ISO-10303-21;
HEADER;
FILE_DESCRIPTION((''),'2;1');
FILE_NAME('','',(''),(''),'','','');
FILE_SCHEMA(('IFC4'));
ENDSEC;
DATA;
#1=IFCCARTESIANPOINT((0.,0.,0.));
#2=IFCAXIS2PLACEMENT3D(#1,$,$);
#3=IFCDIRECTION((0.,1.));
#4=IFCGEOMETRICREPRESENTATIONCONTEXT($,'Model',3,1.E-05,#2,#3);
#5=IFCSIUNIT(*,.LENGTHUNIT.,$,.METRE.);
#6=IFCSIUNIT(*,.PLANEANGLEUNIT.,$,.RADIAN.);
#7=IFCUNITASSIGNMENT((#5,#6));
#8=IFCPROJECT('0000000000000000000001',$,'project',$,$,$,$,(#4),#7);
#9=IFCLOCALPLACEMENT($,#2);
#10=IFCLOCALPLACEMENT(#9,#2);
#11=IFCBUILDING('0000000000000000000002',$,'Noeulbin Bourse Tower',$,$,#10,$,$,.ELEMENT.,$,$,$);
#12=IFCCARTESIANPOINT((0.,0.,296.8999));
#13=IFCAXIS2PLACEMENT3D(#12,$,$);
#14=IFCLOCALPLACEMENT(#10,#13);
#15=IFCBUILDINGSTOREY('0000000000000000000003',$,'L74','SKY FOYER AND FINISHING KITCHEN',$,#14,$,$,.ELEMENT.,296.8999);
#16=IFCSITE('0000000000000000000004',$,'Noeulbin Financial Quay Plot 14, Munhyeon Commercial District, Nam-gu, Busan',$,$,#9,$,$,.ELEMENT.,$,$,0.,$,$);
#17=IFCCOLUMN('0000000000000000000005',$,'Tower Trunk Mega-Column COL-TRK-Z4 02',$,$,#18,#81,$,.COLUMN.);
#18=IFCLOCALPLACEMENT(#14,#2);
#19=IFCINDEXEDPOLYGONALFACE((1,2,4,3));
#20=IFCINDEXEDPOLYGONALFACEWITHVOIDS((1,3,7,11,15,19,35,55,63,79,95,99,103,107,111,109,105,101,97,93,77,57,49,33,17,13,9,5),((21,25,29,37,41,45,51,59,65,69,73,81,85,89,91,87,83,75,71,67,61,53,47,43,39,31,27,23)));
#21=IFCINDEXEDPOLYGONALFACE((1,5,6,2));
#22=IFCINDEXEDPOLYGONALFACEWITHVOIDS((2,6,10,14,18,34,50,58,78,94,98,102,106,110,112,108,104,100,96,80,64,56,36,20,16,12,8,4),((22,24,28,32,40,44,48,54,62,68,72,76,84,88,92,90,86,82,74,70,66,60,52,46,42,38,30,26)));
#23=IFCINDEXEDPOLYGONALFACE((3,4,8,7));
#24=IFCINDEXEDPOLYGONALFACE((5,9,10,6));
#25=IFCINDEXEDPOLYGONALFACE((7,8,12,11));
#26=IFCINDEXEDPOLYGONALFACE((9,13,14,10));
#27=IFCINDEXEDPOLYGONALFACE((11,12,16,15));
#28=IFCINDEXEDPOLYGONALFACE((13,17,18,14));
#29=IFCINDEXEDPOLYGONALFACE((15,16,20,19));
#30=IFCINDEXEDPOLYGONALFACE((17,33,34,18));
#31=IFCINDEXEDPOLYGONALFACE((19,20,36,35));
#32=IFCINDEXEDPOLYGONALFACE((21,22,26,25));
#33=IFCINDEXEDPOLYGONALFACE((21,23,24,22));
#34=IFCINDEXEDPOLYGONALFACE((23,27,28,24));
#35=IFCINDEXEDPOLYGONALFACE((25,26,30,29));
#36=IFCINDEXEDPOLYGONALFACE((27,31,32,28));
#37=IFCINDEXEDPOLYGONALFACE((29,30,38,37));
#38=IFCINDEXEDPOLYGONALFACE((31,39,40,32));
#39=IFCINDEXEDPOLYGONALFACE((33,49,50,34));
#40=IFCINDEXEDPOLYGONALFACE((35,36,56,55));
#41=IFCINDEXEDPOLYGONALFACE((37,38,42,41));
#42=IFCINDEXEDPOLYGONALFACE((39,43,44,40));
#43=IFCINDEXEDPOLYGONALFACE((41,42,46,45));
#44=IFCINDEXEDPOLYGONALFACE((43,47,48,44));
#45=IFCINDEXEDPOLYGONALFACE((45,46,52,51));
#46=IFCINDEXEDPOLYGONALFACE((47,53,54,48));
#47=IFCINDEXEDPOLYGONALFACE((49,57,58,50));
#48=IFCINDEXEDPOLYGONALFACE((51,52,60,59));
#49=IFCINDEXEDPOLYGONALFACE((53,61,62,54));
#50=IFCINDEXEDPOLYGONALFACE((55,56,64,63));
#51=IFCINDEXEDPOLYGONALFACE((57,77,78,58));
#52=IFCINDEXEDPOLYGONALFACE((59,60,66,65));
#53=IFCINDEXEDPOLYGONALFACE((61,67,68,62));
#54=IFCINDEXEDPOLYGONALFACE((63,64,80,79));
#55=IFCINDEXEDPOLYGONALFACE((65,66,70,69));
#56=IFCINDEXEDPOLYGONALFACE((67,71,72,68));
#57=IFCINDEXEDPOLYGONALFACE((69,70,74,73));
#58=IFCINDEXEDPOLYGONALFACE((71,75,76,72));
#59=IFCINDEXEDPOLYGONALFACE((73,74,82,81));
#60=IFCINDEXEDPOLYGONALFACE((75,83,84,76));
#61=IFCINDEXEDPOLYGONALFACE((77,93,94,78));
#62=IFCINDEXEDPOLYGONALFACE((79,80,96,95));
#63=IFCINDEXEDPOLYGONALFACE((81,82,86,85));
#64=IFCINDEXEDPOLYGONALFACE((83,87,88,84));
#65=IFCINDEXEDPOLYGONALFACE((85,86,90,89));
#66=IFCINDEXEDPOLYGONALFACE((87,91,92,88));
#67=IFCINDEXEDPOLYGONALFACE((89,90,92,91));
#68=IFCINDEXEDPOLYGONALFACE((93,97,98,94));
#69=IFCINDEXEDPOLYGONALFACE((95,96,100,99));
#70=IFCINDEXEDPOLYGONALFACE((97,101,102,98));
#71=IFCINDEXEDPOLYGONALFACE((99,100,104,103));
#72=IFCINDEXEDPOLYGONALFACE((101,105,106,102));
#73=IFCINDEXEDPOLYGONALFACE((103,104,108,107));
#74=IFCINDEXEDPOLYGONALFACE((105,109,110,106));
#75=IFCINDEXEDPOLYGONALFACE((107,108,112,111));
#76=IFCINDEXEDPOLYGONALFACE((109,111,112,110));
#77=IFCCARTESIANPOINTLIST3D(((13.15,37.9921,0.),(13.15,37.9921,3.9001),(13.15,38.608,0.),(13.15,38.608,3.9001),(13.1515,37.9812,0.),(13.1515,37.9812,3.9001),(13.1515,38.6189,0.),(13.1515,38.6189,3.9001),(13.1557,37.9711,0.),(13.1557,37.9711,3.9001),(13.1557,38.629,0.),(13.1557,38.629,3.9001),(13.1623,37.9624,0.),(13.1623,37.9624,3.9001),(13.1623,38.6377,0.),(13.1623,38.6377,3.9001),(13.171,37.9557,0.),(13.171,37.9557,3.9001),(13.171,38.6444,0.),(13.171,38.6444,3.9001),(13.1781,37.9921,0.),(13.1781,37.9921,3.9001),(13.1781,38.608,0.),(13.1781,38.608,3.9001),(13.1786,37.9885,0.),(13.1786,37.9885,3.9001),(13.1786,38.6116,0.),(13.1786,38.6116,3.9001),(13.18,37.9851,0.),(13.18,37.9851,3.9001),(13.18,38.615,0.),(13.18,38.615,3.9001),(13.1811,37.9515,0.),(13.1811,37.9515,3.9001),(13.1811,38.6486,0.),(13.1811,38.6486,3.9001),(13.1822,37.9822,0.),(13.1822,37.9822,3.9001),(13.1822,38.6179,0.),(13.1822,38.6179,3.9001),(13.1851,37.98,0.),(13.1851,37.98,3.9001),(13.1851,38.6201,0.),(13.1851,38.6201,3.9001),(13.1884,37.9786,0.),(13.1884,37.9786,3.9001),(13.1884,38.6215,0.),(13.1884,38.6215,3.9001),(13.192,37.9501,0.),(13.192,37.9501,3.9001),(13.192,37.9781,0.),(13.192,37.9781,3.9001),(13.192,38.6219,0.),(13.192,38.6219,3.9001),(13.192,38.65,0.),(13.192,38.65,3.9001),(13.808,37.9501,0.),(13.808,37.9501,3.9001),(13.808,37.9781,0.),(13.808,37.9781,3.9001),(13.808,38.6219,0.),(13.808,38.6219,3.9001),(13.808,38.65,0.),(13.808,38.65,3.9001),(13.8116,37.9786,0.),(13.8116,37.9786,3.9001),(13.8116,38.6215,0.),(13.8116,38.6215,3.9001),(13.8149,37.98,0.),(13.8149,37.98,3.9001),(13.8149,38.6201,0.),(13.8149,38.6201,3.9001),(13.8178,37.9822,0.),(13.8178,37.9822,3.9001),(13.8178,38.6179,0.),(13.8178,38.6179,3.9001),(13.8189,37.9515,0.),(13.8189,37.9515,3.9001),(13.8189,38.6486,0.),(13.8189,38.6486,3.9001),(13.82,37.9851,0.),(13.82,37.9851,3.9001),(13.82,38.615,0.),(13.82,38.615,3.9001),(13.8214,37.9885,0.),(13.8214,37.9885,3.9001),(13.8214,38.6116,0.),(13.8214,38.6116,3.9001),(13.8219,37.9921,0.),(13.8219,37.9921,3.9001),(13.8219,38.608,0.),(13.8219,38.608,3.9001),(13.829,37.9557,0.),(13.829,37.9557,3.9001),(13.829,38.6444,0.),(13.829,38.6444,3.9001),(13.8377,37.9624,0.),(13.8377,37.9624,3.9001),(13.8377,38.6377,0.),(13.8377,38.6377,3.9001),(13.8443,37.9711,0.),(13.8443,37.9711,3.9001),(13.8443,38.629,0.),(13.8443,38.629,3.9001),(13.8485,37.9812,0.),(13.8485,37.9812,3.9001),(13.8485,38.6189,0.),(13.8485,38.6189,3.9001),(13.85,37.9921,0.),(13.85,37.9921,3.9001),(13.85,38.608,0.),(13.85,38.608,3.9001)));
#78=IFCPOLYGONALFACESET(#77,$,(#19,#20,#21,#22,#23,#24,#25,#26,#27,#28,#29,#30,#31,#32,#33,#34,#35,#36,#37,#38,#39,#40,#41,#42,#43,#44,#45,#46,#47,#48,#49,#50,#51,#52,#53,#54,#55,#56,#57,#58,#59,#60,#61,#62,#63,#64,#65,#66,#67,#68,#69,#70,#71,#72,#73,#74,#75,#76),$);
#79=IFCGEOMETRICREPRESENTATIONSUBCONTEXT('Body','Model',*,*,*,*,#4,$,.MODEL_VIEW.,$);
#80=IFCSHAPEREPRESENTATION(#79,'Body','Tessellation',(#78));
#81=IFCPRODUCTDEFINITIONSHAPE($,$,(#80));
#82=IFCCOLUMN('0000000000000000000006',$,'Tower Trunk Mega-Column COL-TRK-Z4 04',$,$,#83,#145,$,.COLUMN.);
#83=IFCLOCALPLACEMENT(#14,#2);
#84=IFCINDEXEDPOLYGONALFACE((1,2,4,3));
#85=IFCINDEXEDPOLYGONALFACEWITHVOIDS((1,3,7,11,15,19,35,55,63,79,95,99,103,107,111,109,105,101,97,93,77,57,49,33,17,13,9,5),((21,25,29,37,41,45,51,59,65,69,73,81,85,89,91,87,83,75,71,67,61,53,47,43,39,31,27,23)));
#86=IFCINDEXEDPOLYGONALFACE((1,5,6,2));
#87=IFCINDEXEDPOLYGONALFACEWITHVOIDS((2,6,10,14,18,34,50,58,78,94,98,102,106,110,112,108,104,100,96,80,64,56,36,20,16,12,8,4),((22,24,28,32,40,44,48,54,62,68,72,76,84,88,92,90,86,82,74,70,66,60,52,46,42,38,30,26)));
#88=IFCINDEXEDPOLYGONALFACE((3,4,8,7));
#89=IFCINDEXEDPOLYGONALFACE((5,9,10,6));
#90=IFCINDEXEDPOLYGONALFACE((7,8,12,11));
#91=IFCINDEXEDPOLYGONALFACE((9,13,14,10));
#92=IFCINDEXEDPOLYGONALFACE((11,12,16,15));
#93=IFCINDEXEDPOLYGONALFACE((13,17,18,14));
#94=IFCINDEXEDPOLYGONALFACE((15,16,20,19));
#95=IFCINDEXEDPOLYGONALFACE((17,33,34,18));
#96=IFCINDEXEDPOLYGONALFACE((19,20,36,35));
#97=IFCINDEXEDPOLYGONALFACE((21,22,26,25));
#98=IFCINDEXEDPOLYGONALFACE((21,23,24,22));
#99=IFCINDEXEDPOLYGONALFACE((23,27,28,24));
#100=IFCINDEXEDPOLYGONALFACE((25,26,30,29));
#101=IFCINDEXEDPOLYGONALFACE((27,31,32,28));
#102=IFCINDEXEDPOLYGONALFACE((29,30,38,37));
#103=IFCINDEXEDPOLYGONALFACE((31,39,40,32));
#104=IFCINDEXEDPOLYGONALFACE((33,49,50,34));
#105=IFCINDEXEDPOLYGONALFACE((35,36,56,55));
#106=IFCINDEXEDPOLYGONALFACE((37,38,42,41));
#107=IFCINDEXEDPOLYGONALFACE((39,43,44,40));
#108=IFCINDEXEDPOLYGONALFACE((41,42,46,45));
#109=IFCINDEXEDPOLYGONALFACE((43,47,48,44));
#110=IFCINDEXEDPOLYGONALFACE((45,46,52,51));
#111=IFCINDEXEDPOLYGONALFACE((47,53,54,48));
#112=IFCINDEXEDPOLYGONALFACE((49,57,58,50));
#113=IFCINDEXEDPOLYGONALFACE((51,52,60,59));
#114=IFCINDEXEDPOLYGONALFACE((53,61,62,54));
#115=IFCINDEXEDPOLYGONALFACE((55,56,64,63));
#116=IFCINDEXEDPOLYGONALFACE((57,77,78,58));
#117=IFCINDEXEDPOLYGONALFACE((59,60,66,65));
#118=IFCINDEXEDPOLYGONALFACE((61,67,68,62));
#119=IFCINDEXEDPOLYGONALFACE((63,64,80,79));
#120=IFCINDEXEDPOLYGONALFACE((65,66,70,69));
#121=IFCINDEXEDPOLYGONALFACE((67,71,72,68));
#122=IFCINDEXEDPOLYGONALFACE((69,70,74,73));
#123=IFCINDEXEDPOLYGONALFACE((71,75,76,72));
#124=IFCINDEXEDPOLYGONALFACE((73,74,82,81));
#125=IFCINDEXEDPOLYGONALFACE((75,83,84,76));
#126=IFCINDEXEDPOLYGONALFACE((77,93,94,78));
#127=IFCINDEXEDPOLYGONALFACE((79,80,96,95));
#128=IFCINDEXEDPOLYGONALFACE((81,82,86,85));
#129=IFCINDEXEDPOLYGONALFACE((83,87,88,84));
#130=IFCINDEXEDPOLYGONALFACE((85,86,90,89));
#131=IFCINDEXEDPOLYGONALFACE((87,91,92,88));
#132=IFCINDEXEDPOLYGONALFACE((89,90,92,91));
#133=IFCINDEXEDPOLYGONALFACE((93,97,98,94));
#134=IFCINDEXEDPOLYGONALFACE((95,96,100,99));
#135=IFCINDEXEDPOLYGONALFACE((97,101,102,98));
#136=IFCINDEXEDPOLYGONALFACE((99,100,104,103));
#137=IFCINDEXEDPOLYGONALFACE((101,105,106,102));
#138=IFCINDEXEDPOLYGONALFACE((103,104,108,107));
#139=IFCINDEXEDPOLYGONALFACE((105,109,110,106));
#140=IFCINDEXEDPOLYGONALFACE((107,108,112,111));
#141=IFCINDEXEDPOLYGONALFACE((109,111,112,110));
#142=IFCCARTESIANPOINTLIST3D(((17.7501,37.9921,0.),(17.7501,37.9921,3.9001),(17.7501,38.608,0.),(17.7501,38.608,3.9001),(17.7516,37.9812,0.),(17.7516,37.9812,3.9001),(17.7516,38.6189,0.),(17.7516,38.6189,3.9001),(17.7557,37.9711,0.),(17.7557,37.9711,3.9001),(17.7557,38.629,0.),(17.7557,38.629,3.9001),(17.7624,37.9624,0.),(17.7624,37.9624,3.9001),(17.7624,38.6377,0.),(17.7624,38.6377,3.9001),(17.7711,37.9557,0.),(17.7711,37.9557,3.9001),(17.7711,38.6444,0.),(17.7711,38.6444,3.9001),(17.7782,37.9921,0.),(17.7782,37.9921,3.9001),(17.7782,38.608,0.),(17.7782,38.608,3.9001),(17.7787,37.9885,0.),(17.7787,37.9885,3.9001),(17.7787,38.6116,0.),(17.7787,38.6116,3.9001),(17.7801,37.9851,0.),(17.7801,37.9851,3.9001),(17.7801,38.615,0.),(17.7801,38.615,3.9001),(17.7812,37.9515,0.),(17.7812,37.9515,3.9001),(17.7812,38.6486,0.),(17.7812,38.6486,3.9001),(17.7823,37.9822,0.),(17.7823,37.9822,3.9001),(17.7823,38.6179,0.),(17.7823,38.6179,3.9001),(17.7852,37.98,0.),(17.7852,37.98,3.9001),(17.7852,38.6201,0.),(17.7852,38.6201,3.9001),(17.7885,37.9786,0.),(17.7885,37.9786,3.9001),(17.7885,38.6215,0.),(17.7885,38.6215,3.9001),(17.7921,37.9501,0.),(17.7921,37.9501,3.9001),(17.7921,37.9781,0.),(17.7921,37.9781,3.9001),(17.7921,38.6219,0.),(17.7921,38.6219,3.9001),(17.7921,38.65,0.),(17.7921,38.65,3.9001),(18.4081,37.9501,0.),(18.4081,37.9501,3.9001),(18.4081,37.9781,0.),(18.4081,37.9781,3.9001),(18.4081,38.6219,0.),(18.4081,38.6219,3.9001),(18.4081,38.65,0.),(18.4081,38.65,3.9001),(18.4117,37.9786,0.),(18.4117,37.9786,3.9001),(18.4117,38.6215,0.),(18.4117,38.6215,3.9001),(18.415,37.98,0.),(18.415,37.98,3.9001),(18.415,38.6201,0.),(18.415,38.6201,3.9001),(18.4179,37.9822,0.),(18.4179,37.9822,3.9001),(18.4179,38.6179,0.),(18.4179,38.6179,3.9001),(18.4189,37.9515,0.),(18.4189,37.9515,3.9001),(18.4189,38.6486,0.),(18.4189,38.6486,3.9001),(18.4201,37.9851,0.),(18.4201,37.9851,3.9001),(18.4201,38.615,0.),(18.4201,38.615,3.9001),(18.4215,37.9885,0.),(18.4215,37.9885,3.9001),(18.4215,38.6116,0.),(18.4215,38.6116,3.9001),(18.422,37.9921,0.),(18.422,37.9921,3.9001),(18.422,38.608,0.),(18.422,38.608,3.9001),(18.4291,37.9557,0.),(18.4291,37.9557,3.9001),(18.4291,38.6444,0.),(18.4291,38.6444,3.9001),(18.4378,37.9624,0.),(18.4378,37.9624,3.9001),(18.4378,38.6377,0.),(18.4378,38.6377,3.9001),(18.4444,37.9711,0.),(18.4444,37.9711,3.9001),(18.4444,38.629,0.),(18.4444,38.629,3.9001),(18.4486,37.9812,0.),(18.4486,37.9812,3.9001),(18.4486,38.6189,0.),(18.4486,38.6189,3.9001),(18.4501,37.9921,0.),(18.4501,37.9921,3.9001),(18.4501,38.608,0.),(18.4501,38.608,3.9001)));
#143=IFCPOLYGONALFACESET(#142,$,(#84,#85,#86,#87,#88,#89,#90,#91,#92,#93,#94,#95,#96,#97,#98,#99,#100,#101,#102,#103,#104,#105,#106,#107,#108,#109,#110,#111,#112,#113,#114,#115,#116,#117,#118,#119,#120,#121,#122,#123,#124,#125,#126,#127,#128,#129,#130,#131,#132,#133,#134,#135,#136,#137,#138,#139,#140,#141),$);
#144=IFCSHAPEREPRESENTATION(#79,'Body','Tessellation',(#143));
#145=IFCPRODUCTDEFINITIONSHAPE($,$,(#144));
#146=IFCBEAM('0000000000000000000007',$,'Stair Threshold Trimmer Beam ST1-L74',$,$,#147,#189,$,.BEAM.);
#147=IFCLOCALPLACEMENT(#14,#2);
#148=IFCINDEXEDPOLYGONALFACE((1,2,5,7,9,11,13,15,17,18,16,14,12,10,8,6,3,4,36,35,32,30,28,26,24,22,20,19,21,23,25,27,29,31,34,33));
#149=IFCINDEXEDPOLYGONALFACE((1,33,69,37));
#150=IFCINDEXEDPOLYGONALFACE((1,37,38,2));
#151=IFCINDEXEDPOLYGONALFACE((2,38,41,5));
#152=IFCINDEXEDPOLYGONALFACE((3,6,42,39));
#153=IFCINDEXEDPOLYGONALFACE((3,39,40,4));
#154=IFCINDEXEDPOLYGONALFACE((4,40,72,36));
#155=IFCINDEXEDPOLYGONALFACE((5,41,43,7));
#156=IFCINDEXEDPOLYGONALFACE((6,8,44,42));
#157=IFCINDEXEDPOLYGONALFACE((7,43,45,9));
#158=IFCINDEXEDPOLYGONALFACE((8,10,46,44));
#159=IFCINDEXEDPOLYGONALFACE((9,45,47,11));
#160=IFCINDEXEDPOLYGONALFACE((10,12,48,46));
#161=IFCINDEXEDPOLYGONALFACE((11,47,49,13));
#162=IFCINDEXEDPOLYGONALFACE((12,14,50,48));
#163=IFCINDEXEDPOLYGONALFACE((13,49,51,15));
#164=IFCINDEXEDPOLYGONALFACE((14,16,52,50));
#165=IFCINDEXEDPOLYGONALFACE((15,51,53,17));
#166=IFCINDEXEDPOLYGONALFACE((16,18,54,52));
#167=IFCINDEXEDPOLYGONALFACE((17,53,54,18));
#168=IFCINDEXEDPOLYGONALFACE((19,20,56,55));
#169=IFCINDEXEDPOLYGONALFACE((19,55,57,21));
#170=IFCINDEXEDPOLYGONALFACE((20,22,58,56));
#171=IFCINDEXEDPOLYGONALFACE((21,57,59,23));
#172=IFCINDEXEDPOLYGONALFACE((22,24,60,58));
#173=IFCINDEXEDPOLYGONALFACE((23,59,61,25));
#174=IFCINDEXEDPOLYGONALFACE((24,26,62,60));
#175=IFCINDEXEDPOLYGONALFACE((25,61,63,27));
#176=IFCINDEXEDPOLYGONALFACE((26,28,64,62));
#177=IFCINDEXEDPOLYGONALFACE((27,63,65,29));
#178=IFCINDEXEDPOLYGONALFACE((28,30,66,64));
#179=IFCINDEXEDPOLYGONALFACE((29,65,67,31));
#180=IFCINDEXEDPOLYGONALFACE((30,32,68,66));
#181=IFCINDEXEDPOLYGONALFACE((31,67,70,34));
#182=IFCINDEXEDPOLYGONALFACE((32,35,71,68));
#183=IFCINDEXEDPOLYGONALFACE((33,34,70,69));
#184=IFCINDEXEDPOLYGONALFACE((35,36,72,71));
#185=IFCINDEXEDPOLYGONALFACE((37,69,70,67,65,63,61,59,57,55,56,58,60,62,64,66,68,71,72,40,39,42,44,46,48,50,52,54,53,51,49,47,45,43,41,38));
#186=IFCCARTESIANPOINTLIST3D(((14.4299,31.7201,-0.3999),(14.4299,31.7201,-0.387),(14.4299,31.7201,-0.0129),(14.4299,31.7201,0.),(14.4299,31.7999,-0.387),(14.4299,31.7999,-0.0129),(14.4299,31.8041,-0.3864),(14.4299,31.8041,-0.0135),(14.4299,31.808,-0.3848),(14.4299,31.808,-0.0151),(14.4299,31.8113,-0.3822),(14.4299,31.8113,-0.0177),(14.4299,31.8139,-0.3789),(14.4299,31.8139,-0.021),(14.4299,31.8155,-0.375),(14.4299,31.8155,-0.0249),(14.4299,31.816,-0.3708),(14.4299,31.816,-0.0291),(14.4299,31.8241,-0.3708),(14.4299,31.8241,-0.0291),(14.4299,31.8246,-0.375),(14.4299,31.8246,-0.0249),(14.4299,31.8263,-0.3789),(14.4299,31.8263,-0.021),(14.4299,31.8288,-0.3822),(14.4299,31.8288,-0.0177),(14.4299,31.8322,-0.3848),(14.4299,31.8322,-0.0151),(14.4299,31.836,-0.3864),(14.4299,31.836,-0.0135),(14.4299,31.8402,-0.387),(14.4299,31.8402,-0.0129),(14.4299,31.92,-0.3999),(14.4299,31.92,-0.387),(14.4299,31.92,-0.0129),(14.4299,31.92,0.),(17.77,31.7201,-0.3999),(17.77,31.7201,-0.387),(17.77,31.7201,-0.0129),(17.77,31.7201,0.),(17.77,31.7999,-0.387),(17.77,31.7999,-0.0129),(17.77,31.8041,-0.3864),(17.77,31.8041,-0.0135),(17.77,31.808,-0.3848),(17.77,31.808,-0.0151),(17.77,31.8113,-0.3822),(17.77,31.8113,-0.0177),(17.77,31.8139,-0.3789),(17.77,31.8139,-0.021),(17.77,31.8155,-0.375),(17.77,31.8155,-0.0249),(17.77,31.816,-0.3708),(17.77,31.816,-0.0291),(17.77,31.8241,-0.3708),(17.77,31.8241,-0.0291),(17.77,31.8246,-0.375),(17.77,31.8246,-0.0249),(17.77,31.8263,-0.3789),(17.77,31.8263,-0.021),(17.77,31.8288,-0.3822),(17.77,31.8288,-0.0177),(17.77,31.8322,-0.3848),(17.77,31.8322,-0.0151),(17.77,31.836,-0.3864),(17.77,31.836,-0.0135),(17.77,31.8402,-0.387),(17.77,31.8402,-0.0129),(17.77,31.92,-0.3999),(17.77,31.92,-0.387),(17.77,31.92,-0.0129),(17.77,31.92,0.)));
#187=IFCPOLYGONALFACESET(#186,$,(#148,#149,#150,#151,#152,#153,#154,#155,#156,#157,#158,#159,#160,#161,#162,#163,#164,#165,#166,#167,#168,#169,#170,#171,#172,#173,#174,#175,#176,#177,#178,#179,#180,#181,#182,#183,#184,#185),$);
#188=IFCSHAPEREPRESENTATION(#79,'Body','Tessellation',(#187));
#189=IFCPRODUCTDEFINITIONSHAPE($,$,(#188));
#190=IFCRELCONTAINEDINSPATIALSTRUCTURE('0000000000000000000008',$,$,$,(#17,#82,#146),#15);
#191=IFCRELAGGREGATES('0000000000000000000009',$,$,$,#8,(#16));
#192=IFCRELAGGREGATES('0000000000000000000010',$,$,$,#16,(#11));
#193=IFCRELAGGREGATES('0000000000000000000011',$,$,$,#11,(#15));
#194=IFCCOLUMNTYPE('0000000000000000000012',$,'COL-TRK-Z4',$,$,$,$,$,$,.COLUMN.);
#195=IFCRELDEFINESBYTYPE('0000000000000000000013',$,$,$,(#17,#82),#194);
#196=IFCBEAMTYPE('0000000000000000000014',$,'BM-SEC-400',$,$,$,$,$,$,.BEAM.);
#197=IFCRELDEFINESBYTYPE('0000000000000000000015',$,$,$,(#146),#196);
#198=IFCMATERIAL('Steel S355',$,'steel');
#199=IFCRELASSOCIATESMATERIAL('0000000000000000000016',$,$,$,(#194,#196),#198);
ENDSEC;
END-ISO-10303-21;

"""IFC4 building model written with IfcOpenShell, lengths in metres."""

from ifc_helpers import new_model, si_unit, direction, frame, origin, origin_2d, place, context, subcontext, project, spatial, hollow_rectangle, i_section, extrude, material, material_profile, profile_set, type_object, element, save


model = new_model("IFC4")

# Units and contexts
model_context = context("Model", 3, precision=1e-05, world=origin(), true_north=direction((0.0, 1.0)))
body_context = subcontext(model_context, "Body", "Model", "MODEL_VIEW")
ifc_project = project(units=[si_unit("LENGTHUNIT", "METRE"), si_unit("PLANEANGLEUNIT", "RADIAN")], contexts=[model_context])

# Site, building, storey
site_placement = place(None, origin())
site = spatial("IfcSite", under=ifc_project, at=site_placement, Name="Noeulbin Financial Quay Plot 14, Munhyeon Commercial District, Nam-gu, Busan", CompositionType="ELEMENT", RefElevation=0.0)
building_placement = place(site_placement, origin())
building = spatial("IfcBuilding", under=site, at=building_placement, Name="Noeulbin Bourse Tower", CompositionType="ELEMENT")
storey_placement = place(building_placement, frame((0.0, 0.0, 296.8999)))
storey = spatial("IfcBuildingStorey", under=building, at=storey_placement, Name="L74", Description="SKY FOYER AND FINISHING KITCHEN", CompositionType="ELEMENT", Elevation=296.8999)

# Columns
ifc_material_1 = material(Name="Steel S355", Category="steel")
ifc_material_profile_1 = material_profile(ifc_material_1, hollow_rectangle(XDim=0.7, YDim=0.7, WallThickness=0.0281, InnerFilletRadius=0.0139, OuterFilletRadius=0.042, at=origin_2d()), Name="BOX-700x700x28", Category="LoadBearing")
ifc_profile_set_1 = profile_set([ifc_material_profile_1], Name="Steel S355")
column_type = type_object("IfcColumnType", Name="COL-TRK-Z4", PredefinedType="COLUMN", material=ifc_profile_set_1)
for number, where, z_axis, x_axis, name in (
    (1, (13.5, 38.3, 0.0), (0.0, 0.0, 1.0), (1.0, 0.0, 0.0), "Tower Trunk Mega-Column COL-TRK-Z4 02"),
    (2, (18.1001, 38.3, 0.0), (0.0, 0.0, 1.0), (1.0, 0.0, 0.0), "Tower Trunk Mega-Column COL-TRK-Z4 04"),
):
    element("IfcColumn", number, at=place(storey_placement, frame(where, z_axis=z_axis, x_axis=x_axis)), inside=storey, type_object=column_type, Name=name, PredefinedType="COLUMN", context=body_context, shape_type="SweptSolid", body=[
        extrude(hollow_rectangle(XDim=0.7, YDim=0.7, WallThickness=0.0281, InnerFilletRadius=0.0139, OuterFilletRadius=0.042, at=origin_2d()), origin(), (0.0, 0.0, 1.0), 3.9001),
    ])

# Beam
ifc_material_profile_2 = material_profile(ifc_material_1, i_section(OverallWidth=0.2, OverallDepth=0.3999, WebThickness=0.0081, FlangeThickness=0.0129, FilletRadius=0.0161, at=origin_2d()), Name="H-400x200x8x13", Category="LoadBearing")
ifc_profile_set_2 = profile_set([ifc_material_profile_2], Name="Steel S355")
beam_type = type_object("IfcBeamType", Name="BM-SEC-400", PredefinedType="BEAM", material=ifc_profile_set_2)
beam_placement = place(storey_placement, frame((14.4299, 31.8201, -0.2), z_axis=(1.0, 0.0, 0.0), x_axis=(0.0, 1.0, 0.0)))
element("IfcBeam", 3, at=beam_placement, inside=storey, type_object=beam_type, Name="Stair Threshold Trimmer Beam ST1-L74", PredefinedType="BEAM", context=body_context, shape_type="SweptSolid", body=[
    extrude(i_section(OverallWidth=0.2, OverallDepth=0.3999, WebThickness=0.0081, FlangeThickness=0.0129, FilletRadius=0.0161, at=origin_2d()), origin(), (0.0, 0.0, 1.0), 3.3401),
])

save(model, "model.ifc")
